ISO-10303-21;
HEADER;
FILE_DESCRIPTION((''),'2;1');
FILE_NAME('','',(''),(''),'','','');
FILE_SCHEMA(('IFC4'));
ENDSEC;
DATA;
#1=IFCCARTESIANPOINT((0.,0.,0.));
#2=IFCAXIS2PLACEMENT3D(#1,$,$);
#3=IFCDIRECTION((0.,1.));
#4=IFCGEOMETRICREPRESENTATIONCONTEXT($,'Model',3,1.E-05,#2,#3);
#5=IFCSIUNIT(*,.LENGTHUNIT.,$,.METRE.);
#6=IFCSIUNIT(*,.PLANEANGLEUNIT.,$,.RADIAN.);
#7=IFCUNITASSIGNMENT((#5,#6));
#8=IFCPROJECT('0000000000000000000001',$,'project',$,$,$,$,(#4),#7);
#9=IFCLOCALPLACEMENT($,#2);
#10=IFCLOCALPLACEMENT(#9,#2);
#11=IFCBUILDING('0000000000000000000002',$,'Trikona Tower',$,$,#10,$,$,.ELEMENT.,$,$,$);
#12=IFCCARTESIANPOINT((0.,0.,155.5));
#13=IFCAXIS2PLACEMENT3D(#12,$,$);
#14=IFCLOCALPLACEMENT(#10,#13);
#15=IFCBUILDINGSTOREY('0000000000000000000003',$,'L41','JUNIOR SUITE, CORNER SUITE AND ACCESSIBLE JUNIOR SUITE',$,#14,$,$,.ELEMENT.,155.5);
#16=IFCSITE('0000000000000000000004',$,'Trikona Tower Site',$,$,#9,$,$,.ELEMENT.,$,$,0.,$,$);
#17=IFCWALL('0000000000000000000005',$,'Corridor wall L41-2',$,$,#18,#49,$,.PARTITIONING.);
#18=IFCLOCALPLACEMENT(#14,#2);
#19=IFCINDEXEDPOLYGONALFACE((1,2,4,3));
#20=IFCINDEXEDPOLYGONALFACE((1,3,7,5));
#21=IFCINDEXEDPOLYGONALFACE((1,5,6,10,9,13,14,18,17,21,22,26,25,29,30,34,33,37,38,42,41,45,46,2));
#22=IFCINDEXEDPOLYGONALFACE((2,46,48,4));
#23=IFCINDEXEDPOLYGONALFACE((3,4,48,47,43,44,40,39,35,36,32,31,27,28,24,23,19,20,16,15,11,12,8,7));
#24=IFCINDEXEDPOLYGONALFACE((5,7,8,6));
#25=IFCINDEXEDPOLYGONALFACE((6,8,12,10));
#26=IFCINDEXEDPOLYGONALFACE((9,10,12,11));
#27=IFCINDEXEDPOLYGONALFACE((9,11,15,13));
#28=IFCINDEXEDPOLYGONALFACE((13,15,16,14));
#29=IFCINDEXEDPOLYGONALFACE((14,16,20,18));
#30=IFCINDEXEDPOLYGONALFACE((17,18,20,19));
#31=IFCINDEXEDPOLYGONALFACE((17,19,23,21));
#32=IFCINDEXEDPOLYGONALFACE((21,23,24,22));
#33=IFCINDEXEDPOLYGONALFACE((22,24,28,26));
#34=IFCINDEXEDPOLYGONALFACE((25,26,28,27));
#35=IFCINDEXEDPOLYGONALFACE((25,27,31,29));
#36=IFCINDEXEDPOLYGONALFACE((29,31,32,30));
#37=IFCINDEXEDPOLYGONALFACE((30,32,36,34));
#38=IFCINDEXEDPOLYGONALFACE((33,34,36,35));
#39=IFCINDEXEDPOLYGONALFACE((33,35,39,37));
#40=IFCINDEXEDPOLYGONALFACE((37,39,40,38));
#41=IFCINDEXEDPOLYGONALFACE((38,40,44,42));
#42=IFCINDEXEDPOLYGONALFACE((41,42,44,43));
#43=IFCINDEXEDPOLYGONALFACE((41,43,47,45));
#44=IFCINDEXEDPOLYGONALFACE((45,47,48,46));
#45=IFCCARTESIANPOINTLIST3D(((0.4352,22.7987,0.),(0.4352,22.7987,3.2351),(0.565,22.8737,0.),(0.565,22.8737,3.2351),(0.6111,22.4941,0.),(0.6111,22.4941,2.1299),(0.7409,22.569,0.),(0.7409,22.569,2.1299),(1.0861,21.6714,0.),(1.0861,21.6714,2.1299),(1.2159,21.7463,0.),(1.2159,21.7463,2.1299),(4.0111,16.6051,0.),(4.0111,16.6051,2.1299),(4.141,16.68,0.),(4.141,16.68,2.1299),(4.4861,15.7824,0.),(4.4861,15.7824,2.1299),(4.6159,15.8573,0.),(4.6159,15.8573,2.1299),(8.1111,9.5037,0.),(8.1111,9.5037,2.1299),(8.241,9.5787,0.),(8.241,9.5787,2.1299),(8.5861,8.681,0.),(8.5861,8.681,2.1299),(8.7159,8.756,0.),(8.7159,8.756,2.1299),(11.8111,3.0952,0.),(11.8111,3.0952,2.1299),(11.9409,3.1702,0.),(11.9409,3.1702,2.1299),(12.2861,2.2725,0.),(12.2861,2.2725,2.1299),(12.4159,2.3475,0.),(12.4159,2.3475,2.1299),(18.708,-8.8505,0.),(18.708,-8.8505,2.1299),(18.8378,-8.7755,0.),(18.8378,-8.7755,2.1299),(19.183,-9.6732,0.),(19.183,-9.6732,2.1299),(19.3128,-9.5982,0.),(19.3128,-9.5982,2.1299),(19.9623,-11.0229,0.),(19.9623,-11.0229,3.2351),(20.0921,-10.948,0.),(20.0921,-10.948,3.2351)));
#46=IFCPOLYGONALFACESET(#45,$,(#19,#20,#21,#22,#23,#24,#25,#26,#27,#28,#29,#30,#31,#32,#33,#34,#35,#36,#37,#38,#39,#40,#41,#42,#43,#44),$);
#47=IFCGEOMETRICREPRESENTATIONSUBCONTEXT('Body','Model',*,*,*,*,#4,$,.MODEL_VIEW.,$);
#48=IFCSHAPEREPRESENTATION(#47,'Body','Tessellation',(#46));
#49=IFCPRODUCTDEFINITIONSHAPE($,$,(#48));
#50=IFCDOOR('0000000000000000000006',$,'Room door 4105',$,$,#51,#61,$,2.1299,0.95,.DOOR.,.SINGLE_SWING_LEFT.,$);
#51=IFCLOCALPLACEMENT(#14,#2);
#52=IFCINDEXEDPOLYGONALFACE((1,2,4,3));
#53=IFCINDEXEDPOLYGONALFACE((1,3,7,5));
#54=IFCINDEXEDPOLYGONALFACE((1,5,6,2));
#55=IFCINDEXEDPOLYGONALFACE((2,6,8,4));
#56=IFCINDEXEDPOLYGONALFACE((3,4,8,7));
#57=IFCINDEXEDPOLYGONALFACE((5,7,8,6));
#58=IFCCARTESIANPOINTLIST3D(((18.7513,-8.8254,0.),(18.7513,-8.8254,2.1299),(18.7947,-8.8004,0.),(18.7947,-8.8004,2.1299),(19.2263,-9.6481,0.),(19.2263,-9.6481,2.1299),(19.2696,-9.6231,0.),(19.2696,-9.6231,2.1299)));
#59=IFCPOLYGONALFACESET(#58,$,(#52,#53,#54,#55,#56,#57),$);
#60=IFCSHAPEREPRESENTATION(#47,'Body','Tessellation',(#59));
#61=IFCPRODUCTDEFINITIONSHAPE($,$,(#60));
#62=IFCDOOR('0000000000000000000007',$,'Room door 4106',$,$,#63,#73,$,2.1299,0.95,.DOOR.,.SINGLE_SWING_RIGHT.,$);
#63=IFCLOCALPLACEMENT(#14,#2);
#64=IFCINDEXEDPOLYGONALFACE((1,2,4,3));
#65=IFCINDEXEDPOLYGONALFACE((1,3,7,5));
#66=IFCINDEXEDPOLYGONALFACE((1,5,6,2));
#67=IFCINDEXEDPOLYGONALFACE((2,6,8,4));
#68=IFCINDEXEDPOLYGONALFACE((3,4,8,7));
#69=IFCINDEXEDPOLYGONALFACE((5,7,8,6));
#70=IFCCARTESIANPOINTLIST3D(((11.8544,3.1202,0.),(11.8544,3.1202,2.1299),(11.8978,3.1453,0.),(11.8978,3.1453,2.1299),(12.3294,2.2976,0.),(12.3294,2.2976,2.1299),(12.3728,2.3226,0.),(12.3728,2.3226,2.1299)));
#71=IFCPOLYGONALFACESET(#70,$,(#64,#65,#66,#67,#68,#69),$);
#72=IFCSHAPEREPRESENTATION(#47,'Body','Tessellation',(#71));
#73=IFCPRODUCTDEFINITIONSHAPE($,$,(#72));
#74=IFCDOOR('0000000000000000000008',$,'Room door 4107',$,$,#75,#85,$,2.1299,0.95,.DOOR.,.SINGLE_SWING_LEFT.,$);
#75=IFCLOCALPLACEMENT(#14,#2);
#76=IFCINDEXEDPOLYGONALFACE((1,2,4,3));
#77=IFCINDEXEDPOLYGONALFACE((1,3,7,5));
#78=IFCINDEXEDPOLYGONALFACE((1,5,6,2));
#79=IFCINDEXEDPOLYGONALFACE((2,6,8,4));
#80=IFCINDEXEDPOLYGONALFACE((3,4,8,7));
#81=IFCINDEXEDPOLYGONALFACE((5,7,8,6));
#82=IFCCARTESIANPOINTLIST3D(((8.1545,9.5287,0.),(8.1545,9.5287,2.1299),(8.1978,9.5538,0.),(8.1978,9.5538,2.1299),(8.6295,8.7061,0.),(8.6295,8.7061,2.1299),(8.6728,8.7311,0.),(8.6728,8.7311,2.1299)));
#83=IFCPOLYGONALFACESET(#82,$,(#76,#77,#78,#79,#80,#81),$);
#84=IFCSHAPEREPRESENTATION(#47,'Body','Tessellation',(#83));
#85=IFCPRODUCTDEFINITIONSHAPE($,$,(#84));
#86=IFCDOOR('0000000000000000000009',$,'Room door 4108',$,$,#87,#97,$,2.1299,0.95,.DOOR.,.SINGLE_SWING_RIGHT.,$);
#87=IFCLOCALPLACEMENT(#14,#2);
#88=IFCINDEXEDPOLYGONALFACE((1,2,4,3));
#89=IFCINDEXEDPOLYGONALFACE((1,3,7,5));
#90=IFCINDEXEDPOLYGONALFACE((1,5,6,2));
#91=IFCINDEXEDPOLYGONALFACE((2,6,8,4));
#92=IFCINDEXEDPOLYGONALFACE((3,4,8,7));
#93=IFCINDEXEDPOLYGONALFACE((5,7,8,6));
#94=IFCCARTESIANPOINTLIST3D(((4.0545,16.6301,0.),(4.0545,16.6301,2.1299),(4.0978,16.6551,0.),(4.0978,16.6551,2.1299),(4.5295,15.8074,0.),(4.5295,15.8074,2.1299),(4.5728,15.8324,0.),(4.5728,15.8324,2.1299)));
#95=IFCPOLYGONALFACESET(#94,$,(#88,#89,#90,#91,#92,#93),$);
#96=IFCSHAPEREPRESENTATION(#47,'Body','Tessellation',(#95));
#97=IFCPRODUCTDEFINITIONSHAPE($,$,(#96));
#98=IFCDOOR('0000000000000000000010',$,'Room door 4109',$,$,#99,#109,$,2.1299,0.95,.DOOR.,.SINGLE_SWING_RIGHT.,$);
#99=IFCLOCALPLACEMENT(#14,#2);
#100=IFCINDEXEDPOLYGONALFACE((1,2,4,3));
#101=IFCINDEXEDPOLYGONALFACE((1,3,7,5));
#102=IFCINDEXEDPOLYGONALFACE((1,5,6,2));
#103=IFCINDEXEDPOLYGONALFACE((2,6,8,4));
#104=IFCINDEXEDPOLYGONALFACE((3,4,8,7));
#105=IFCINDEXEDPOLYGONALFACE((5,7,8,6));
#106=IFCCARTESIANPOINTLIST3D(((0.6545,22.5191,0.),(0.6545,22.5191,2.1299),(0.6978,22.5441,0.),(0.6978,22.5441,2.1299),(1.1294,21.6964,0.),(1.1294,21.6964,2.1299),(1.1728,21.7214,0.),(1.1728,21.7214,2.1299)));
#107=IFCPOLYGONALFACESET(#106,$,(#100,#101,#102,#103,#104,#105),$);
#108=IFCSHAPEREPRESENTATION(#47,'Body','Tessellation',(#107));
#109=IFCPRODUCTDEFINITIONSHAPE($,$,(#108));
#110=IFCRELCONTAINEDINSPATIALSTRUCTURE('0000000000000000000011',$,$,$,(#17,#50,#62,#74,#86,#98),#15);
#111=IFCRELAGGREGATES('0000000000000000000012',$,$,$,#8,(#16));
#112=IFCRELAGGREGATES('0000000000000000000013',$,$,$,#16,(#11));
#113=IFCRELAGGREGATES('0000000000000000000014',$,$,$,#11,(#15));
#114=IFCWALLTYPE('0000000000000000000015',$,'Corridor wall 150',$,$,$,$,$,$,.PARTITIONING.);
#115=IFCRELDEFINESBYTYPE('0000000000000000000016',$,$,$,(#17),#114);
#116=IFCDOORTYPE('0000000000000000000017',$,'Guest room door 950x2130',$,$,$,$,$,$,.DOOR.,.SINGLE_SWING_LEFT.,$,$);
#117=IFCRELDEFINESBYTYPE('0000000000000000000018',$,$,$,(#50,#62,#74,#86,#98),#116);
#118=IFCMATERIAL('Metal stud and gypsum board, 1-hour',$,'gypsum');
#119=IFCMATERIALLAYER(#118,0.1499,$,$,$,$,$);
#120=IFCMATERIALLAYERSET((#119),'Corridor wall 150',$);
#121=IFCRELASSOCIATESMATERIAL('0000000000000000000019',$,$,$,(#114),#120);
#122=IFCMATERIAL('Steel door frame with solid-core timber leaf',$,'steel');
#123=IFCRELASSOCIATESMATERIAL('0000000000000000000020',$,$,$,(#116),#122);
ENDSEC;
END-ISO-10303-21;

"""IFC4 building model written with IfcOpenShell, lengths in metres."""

from ifc_helpers import new_model, si_unit, direction, frame, frame_2d, origin, place, context, subcontext, project, spatial, rectangle, extrude, material, layer, layer_set, type_object, element, fill, save


model = new_model("IFC4")

# Units and contexts
model_context = context("Model", 3, precision=1e-05, world=origin(), true_north=direction((0.0, 1.0)))
body_context = subcontext(model_context, "Body", "Model", "MODEL_VIEW")
ifc_project = project(units=[si_unit("LENGTHUNIT", "METRE"), si_unit("PLANEANGLEUNIT", "RADIAN")], contexts=[model_context])

# Site, building, storey
site_placement = place(None, origin())
site = spatial("IfcSite", under=ifc_project, at=site_placement, Name="Trikona Tower Site", CompositionType="ELEMENT", RefElevation=0.0)
building_placement = place(site_placement, origin())
building = spatial("IfcBuilding", under=site, at=building_placement, Name="Trikona Tower", CompositionType="ELEMENT")
storey_placement = place(building_placement, frame((0.0, 0.0, 155.5)))
storey = spatial("IfcBuildingStorey", under=building, at=storey_placement, Name="L41", Description="JUNIOR SUITE, CORNER SUITE AND ACCESSIBLE JUNIOR SUITE", CompositionType="ELEMENT", Elevation=155.5)

# Wall, openings, doors
ifc_material_1 = material(Name="Metal stud and gypsum board, 1-hour", Category="gypsum")
ifc_layer_1 = layer(ifc_material_1, 0.1499)
ifc_layer_set_1 = layer_set([ifc_layer_1], Name="Corridor wall 150")
wall_type_1 = type_object("IfcWallType", Name="Corridor wall 150", PredefinedType="PARTITIONING", material=ifc_layer_set_1)
wall_1_placement = place(storey_placement, frame((20.0271, -10.9854, 0.0), z_axis=(0.0, 0.0, 1.0), x_axis=(-0.500002, 0.866024, 0.0)))
wall_1 = element("IfcWall", 1, at=wall_1_placement, inside=storey, type_object=wall_type_1, Name="Corridor wall L41-2", PredefinedType="PARTITIONING", context=body_context, shape_type="SweptSolid", body=[
    extrude(rectangle(XDim=39.054, YDim=0.1499, at=frame_2d((19.5269, 0.0))), origin(), (0.0, 0.0, 1.0), 3.2351),
])
opening_1_placement = place(wall_1_placement, frame((1.5583, 0.0, 0.0)))
opening_1 = element("IfcOpeningElement", 2, at=opening_1_placement, cuts=wall_1, PredefinedType="OPENING", context=body_context, shape_type="SweptSolid", body=[
    extrude(rectangle(XDim=0.95, YDim=2.1299, at=frame_2d((0.4751, 1.0649))), frame((0.0, 0.085, 0.0), z_axis=(0.0, -1.0, 0.0), x_axis=(1.0, 0.0, 0.0)), (0.0, 0.0, 1.0), 0.1699),
])
opening_2_placement = place(wall_1_placement, frame((15.3521, 0.0, 0.0)))
opening_2 = element("IfcOpeningElement", 3, at=opening_2_placement, cuts=wall_1, PredefinedType="OPENING", context=body_context, shape_type="SweptSolid", body=[
    extrude(rectangle(XDim=0.95, YDim=2.1299, at=frame_2d((0.4751, 1.0649))), frame((0.0, 0.085, 0.0), z_axis=(0.0, -1.0, 0.0), x_axis=(1.0, 0.0, 0.0)), (0.0, 0.0, 1.0), 0.1699),
])
opening_3_placement = place(wall_1_placement, frame((22.752, 0.0, 0.0)))
opening_3 = element("IfcOpeningElement", 4, at=opening_3_placement, cuts=wall_1, PredefinedType="OPENING", context=body_context, shape_type="SweptSolid", body=[
    extrude(rectangle(XDim=0.95, YDim=2.1299, at=frame_2d((0.4751, 1.0649))), frame((0.0, 0.085, 0.0), z_axis=(0.0, -1.0, 0.0), x_axis=(1.0, 0.0, 0.0)), (0.0, 0.0, 1.0), 0.1699),
])
opening_4_placement = place(wall_1_placement, frame((30.9519, 0.0, 0.0)))
opening_4 = element("IfcOpeningElement", 5, at=opening_4_placement, cuts=wall_1, PredefinedType="OPENING", context=body_context, shape_type="SweptSolid", body=[
    extrude(rectangle(XDim=0.95, YDim=2.1299, at=frame_2d((0.4751, 1.0649))), frame((0.0, 0.085, 0.0), z_axis=(0.0, -1.0, 0.0), x_axis=(1.0, 0.0, 0.0)), (0.0, 0.0, 1.0), 0.1699),
])
opening_5_placement = place(wall_1_placement, frame((37.752, 0.0, 0.0)))
opening_5 = element("IfcOpeningElement", 6, at=opening_5_placement, cuts=wall_1, PredefinedType="OPENING", context=body_context, shape_type="SweptSolid", body=[
    extrude(rectangle(XDim=0.95, YDim=2.1299, at=frame_2d((0.4751, 1.0649))), frame((0.0, 0.085, 0.0), z_axis=(0.0, -1.0, 0.0), x_axis=(1.0, 0.0, 0.0)), (0.0, 0.0, 1.0), 0.1699),
])
ifc_material_2 = material(Name="Steel door frame with solid-core timber leaf", Category="steel")
door_type = type_object("IfcDoorType", Name="Guest room door 950x2130", OperationType="SINGLE_SWING_LEFT", PredefinedType="DOOR", material=ifc_material_2)
door_1_placement = place(opening_1_placement, origin())
door_1 = element("IfcDoor", 7, at=door_1_placement, inside=storey, type_object=door_type, Name="Room door 4105", OperationType="SINGLE_SWING_LEFT", OverallHeight=2.1299, OverallWidth=0.95, PredefinedType="DOOR", context=body_context, shape_type="SweptSolid", body=[
    extrude(rectangle(XDim=0.95, YDim=2.1299, at=frame_2d((0.4751, 1.0649))), frame((0.0, 0.0249, 0.0), z_axis=(0.0, -1.0, 0.0), x_axis=(1.0, 0.0, 0.0)), (0.0, 0.0, 1.0), 0.05),
])
fill(opening_1, door_1)
door_2_placement = place(opening_2_placement, origin())
door_2 = element("IfcDoor", 8, at=door_2_placement, inside=storey, type_object=door_type, Name="Room door 4106", OperationType="SINGLE_SWING_RIGHT", OverallHeight=2.1299, OverallWidth=0.95, PredefinedType="DOOR", context=body_context, shape_type="SweptSolid", body=[
    extrude(rectangle(XDim=0.95, YDim=2.1299, at=frame_2d((0.4751, 1.0649))), frame((0.0, 0.0249, 0.0), z_axis=(0.0, -1.0, 0.0), x_axis=(1.0, 0.0, 0.0)), (0.0, 0.0, 1.0), 0.05),
])
fill(opening_2, door_2)
door_3_placement = place(opening_3_placement, origin())
door_3 = element("IfcDoor", 9, at=door_3_placement, inside=storey, type_object=door_type, Name="Room door 4107", OperationType="SINGLE_SWING_LEFT", OverallHeight=2.1299, OverallWidth=0.95, PredefinedType="DOOR", context=body_context, shape_type="SweptSolid", body=[
    extrude(rectangle(XDim=0.95, YDim=2.1299, at=frame_2d((0.4751, 1.0649))), frame((0.0, 0.0249, 0.0), z_axis=(0.0, -1.0, 0.0), x_axis=(1.0, 0.0, 0.0)), (0.0, 0.0, 1.0), 0.05),
])
fill(opening_3, door_3)
door_4_placement = place(opening_4_placement, origin())
door_4 = element("IfcDoor", 10, at=door_4_placement, inside=storey, type_object=door_type, Name="Room door 4108", OperationType="SINGLE_SWING_RIGHT", OverallHeight=2.1299, OverallWidth=0.95, PredefinedType="DOOR", context=body_context, shape_type="SweptSolid", body=[
    extrude(rectangle(XDim=0.95, YDim=2.1299, at=frame_2d((0.4751, 1.0649))), frame((0.0, 0.0249, 0.0), z_axis=(0.0, -1.0, 0.0), x_axis=(1.0, 0.0, 0.0)), (0.0, 0.0, 1.0), 0.05),
])
fill(opening_4, door_4)
door_5_placement = place(opening_5_placement, origin())
door_5 = element("IfcDoor", 11, at=door_5_placement, inside=storey, type_object=door_type, Name="Room door 4109", OperationType="SINGLE_SWING_RIGHT", OverallHeight=2.1299, OverallWidth=0.95, PredefinedType="DOOR", context=body_context, shape_type="SweptSolid", body=[
    extrude(rectangle(XDim=0.95, YDim=2.1299, at=frame_2d((0.4751, 1.0649))), frame((0.0, 0.0249, 0.0), z_axis=(0.0, -1.0, 0.0), x_axis=(1.0, 0.0, 0.0)), (0.0, 0.0, 1.0), 0.05),
])
fill(opening_5, door_5)

save(model, "model.ifc")
